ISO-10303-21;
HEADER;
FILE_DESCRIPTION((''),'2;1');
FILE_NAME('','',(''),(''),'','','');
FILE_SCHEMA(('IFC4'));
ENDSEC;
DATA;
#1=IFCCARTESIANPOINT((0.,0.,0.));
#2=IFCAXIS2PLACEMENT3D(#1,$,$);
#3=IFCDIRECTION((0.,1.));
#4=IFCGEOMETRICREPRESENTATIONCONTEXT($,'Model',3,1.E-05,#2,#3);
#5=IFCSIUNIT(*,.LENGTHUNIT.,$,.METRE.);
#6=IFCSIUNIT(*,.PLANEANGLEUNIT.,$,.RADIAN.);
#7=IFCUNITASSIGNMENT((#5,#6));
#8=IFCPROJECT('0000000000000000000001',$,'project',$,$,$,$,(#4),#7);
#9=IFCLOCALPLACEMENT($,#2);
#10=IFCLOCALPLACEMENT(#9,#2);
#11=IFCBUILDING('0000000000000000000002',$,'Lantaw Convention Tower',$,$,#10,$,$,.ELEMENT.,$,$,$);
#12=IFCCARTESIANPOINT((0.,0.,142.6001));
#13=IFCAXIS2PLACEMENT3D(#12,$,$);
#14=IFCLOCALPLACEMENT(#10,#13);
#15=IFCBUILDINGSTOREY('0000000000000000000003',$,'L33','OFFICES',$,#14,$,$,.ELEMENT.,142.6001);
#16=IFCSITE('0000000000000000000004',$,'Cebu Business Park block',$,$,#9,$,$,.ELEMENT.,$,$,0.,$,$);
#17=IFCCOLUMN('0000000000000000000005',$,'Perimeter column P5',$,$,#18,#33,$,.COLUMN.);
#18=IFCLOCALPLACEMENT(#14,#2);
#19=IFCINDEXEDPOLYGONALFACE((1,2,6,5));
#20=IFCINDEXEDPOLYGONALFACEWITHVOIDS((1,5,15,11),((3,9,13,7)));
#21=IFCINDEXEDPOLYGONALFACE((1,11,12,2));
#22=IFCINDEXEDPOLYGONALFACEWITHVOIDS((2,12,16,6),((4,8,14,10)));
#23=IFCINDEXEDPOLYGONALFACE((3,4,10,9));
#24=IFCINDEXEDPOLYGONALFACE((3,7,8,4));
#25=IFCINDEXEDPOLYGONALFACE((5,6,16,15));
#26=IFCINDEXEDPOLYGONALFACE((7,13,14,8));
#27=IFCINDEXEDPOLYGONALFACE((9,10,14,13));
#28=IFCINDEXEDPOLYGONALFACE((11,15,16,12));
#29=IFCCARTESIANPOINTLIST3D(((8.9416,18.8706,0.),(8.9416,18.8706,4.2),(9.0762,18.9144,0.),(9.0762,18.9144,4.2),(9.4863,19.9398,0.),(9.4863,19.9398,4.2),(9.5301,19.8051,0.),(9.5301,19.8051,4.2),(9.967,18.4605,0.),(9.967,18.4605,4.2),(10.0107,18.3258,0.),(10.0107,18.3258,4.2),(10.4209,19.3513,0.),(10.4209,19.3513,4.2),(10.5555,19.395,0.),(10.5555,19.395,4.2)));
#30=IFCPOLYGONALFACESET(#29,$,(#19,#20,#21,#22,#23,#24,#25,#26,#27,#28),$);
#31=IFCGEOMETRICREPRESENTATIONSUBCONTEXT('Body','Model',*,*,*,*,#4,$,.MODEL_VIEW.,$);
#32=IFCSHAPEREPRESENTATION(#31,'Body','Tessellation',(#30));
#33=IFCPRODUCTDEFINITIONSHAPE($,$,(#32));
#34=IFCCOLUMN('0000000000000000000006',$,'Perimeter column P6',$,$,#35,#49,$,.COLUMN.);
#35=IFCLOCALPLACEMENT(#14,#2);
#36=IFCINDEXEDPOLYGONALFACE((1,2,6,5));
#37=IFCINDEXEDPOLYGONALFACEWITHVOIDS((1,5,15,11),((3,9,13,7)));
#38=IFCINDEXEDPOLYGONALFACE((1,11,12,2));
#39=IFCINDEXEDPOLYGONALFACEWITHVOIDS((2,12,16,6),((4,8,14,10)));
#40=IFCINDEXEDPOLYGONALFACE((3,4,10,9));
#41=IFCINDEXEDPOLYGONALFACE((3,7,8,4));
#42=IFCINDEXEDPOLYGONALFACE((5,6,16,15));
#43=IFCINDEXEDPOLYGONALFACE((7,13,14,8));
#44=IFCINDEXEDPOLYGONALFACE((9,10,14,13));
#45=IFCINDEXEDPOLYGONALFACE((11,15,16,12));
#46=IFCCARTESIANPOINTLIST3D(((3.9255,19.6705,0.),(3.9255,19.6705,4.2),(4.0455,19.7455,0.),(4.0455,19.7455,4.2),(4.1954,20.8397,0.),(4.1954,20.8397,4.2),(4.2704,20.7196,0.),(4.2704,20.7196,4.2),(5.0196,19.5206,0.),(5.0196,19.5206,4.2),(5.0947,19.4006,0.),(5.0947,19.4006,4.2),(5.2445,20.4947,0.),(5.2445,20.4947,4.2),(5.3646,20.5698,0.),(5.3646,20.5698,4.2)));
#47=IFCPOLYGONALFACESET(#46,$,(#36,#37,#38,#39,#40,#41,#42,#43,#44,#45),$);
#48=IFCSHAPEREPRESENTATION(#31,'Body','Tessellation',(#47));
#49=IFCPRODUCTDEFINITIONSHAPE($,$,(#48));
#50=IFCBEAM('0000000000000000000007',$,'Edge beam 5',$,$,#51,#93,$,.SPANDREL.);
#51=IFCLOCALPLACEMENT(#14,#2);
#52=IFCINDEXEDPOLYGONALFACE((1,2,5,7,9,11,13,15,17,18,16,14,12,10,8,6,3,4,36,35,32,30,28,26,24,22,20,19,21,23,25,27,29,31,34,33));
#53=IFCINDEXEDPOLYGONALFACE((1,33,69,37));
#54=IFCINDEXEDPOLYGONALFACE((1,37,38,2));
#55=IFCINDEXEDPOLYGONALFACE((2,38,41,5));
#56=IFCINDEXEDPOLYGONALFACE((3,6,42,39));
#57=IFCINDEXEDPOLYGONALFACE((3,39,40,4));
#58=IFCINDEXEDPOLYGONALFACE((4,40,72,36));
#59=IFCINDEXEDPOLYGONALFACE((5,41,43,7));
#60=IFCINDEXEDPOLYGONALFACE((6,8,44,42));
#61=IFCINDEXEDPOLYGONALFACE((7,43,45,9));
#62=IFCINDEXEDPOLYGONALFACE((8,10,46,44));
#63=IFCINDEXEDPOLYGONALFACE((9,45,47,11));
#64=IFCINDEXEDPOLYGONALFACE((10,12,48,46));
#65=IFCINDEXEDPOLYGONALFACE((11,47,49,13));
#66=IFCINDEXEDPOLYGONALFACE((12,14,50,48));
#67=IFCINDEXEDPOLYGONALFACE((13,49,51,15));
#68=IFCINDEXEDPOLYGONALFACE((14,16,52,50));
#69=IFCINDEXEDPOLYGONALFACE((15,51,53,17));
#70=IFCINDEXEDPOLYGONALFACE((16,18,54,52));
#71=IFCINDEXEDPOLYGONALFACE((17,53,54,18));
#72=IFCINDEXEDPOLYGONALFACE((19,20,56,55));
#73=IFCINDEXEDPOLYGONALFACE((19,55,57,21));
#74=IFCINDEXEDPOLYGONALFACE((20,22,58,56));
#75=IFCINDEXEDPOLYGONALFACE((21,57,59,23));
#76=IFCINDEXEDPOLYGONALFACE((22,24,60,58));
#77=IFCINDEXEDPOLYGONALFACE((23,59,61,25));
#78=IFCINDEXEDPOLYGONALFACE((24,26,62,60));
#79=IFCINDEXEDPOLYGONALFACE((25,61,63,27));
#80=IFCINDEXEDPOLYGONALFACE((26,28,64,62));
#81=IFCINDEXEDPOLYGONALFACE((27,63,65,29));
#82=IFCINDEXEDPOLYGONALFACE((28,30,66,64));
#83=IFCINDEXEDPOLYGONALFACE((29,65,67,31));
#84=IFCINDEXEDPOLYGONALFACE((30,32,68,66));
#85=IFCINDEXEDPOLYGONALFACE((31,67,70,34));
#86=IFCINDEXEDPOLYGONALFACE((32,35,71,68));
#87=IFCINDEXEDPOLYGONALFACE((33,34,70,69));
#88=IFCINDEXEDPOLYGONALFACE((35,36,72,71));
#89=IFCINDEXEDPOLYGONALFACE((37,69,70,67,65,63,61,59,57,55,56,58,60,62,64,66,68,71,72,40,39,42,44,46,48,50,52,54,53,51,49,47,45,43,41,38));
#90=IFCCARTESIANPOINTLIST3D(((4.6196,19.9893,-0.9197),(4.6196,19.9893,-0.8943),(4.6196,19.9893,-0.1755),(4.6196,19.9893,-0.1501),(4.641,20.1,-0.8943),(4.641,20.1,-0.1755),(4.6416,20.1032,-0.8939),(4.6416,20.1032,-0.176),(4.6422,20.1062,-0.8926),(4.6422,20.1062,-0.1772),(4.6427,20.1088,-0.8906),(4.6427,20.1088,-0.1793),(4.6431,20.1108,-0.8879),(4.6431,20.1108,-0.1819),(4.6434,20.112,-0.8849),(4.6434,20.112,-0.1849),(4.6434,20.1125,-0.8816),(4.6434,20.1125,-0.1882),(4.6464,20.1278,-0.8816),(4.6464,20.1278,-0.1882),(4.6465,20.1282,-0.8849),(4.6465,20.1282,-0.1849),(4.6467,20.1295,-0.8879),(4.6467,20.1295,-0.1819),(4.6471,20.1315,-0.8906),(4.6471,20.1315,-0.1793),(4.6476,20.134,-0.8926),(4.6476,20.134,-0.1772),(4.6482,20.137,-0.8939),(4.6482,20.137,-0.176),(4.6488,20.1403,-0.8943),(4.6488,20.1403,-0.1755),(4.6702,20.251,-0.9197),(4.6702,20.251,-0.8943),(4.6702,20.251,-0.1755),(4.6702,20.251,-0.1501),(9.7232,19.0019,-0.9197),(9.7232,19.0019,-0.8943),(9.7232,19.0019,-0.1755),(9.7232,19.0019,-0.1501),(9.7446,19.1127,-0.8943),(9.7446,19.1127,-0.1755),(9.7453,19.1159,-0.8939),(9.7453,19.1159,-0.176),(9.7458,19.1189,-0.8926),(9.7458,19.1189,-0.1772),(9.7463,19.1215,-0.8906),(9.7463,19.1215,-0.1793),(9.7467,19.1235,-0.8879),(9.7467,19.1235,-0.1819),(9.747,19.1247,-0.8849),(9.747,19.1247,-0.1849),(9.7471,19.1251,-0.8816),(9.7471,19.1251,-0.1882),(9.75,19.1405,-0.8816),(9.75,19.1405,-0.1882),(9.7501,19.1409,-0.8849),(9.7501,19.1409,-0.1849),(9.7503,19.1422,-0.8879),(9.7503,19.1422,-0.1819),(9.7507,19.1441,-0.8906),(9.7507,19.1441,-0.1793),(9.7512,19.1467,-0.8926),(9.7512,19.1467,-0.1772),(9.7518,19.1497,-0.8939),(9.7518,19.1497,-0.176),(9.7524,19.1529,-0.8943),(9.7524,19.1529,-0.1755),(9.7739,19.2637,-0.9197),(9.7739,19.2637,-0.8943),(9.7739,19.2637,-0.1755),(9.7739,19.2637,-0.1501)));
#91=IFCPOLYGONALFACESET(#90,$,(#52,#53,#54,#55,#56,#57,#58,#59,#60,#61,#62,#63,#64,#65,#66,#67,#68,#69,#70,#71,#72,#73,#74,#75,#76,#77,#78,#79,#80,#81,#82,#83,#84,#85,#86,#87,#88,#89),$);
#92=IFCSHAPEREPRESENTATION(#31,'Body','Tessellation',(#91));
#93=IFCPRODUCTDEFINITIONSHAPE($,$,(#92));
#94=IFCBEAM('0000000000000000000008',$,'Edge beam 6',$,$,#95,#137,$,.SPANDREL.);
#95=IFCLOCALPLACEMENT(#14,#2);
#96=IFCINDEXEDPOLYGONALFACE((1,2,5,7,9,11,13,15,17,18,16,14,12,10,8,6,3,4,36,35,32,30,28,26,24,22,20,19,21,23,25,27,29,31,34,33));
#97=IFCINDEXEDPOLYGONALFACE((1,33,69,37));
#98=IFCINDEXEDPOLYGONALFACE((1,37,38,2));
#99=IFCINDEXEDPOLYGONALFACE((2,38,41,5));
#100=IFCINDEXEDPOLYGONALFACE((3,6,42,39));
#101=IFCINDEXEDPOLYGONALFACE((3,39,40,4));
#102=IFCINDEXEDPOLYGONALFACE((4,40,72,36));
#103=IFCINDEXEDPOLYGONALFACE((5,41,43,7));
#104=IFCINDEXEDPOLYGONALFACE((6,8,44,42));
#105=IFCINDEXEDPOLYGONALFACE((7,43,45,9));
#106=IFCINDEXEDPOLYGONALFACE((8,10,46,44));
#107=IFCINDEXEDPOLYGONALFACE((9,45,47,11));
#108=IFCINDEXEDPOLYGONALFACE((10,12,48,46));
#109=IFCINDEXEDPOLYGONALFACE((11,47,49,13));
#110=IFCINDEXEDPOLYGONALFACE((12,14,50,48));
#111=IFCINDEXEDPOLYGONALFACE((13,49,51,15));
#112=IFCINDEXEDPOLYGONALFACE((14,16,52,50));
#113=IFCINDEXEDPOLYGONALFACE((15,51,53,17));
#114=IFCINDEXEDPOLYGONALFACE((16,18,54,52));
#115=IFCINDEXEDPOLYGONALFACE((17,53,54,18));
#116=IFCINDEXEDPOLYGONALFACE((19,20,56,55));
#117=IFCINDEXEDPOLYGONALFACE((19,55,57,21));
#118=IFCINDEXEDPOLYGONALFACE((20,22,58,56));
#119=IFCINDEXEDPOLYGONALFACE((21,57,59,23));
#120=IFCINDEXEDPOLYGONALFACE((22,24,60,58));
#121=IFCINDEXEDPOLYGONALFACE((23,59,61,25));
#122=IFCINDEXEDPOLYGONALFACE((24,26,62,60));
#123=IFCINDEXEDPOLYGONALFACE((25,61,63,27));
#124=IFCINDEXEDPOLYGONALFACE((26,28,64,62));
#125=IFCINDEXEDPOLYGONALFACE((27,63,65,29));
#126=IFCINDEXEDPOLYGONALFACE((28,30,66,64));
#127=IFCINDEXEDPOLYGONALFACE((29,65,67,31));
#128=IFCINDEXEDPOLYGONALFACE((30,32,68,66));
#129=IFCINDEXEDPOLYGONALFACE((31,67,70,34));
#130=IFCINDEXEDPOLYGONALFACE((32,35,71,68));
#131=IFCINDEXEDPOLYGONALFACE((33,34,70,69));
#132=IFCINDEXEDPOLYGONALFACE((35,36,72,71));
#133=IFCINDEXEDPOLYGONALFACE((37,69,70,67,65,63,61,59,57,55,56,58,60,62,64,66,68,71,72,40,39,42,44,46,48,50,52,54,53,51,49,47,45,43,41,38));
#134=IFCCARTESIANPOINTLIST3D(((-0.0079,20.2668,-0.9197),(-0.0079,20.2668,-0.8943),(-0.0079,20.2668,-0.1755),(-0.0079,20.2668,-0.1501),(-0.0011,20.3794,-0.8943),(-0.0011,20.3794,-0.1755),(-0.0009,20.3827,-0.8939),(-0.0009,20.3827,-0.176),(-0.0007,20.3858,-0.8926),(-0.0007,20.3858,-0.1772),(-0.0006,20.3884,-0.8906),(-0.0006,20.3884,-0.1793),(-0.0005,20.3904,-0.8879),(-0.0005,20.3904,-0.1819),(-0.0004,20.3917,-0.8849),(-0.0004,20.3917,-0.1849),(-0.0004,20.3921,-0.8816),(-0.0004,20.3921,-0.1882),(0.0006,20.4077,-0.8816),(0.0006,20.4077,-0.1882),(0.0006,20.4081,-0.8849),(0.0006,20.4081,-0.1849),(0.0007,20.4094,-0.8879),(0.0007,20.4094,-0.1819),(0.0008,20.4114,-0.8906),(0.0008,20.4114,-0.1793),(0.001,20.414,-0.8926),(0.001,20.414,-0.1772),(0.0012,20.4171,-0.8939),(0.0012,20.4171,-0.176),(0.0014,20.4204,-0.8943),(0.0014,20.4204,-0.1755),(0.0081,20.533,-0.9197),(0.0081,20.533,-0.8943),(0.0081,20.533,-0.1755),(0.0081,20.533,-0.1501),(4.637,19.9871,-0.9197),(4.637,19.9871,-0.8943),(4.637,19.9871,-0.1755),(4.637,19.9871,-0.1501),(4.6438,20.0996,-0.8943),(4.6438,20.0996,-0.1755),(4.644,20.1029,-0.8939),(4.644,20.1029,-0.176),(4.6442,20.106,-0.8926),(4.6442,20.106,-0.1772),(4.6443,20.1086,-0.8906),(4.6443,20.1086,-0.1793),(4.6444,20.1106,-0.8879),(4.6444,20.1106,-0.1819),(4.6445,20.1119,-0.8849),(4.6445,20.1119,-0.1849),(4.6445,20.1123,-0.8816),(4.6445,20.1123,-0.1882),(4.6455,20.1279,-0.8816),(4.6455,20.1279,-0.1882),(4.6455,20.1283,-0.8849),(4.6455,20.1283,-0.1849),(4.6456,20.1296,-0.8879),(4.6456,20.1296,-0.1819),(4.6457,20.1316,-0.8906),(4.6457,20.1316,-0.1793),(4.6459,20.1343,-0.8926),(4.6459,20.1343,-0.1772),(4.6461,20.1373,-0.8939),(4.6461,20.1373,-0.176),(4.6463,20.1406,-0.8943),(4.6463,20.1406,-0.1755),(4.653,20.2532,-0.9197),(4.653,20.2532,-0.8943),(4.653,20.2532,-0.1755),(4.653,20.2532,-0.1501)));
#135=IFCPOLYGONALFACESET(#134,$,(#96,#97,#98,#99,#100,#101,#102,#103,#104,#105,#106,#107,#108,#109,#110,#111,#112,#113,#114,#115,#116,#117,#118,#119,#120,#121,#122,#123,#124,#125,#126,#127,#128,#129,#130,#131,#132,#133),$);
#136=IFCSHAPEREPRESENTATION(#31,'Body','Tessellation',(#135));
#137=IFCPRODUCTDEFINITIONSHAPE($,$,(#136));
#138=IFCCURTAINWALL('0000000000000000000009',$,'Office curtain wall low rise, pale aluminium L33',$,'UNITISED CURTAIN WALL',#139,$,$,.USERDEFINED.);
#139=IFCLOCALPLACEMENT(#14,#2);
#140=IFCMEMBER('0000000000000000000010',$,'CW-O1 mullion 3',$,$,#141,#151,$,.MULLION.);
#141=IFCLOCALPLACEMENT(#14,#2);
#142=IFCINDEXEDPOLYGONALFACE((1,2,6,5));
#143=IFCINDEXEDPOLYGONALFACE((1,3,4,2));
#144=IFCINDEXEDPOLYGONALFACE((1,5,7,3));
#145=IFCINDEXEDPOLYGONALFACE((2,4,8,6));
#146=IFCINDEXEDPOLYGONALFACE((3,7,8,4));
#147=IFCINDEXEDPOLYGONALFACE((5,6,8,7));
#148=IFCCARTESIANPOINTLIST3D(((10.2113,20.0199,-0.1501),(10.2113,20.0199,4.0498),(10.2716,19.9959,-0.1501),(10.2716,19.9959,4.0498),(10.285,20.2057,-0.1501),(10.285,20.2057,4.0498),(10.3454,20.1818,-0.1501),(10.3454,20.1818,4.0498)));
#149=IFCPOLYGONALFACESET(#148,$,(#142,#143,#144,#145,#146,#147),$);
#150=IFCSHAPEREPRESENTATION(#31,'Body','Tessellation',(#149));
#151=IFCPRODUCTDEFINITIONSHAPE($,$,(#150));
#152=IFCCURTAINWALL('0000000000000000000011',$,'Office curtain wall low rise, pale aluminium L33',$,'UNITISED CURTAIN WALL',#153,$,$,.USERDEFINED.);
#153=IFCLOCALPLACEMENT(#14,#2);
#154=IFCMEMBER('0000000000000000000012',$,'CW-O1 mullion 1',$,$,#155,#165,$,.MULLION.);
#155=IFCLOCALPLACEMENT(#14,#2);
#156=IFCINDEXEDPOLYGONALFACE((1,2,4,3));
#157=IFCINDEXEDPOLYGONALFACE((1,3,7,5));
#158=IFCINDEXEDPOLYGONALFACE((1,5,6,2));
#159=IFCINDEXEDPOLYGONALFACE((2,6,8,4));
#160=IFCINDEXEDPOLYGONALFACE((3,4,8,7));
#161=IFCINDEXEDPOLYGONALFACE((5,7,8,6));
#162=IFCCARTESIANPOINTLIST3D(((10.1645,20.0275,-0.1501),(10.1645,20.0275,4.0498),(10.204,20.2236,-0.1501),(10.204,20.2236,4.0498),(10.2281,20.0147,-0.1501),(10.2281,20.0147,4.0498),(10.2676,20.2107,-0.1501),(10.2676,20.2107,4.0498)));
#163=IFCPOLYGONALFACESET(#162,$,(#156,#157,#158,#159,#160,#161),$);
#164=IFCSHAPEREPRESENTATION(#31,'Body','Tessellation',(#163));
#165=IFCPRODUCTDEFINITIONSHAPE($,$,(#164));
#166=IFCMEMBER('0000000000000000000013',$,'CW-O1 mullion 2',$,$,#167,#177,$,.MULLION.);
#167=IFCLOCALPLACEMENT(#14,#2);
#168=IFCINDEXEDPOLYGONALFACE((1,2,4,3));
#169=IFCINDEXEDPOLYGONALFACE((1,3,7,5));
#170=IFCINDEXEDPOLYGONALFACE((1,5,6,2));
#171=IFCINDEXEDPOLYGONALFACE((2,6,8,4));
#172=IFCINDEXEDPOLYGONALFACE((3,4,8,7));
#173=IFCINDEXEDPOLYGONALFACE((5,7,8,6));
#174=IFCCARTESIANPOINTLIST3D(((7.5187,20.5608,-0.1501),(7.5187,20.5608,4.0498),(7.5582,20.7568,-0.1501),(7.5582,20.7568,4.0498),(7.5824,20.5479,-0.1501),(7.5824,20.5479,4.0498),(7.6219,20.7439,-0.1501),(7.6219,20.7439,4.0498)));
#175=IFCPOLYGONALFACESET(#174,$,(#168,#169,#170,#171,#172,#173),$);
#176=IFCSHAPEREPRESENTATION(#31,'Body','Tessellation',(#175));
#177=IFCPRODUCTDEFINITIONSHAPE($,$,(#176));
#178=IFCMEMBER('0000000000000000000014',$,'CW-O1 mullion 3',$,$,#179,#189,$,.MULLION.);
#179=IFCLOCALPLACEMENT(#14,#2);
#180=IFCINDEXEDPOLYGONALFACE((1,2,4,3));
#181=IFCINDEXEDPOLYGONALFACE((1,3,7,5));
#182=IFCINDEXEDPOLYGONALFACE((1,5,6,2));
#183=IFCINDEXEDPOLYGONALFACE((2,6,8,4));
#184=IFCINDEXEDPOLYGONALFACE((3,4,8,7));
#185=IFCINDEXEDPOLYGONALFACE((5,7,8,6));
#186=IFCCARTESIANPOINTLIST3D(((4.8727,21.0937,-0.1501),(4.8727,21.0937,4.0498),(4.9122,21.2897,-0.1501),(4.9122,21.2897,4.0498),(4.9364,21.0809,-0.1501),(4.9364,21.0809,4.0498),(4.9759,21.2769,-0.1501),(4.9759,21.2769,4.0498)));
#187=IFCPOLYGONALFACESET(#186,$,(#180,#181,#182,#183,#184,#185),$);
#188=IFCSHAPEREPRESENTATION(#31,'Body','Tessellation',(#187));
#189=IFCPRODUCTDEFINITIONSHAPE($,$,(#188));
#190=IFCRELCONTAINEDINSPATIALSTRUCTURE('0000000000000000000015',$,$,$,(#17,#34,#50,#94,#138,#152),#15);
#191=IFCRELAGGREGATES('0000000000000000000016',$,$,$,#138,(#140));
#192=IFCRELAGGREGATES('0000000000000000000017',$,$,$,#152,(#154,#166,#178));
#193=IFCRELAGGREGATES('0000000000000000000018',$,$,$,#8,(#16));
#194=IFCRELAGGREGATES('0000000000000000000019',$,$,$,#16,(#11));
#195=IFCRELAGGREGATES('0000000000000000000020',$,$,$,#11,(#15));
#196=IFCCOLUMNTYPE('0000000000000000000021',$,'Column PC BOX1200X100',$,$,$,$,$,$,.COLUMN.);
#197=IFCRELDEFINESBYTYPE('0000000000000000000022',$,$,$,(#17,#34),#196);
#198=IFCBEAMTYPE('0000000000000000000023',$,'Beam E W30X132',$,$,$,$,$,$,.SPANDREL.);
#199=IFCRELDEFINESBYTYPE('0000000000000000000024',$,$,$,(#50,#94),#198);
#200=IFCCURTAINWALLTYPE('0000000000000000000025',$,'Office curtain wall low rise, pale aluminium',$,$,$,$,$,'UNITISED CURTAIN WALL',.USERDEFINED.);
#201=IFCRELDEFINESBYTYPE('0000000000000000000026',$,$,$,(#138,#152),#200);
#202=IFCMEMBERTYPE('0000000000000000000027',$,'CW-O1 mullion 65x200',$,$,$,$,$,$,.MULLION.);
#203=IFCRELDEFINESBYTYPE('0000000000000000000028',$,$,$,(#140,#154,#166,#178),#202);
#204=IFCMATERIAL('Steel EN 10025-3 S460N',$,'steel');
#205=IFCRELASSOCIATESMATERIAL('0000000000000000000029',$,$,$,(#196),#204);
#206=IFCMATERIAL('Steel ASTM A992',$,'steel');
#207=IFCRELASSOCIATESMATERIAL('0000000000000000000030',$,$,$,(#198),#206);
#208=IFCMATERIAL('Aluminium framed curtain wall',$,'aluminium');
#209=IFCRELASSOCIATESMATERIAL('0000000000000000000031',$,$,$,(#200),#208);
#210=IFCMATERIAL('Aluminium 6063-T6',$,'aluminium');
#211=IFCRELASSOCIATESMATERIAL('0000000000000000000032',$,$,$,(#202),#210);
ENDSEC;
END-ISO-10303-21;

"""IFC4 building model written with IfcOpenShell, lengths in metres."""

from ifc_helpers import new_model, si_unit, direction, frame, origin, origin_2d, place, context, subcontext, project, spatial, rectangle, hollow_rectangle, i_section, extrude, material, material_profile, profile_set, type_object, element, aggregate, save


model = new_model("IFC4")

# Units and contexts
model_context = context("Model", 3, precision=1e-05, world=origin(), true_north=direction((0.0, 1.0)))
body_context = subcontext(model_context, "Body", "Model", "MODEL_VIEW")
ifc_project = project(units=[si_unit("LENGTHUNIT", "METRE"), si_unit("PLANEANGLEUNIT", "RADIAN")], contexts=[model_context])

# Site, building, storey
site_placement = place(None, origin())
site = spatial("IfcSite", under=ifc_project, at=site_placement, Name="Cebu Business Park block", CompositionType="ELEMENT", RefElevation=0.0)
building_placement = place(site_placement, origin())
building = spatial("IfcBuilding", under=site, at=building_placement, Name="Lantaw Convention Tower", CompositionType="ELEMENT")
storey_placement = place(building_placement, frame((0.0, 0.0, 142.6001)))
storey = spatial("IfcBuildingStorey", under=building, at=storey_placement, Name="L33", Description="OFFICES", CompositionType="ELEMENT", Elevation=142.6001)

# Columns
ifc_material_1 = material(Name="Steel EN 10025-3 S460N", Category="steel")
ifc_material_profile_1 = material_profile(ifc_material_1, hollow_rectangle(XDim=1.2, YDim=1.2, WallThickness=0.1001, at=origin_2d()), Name="BOX1200X100")
ifc_material_2 = material(Name="Concrete C60/75", Category="concrete")
ifc_material_profile_2 = material_profile(ifc_material_2, rectangle(XDim=1.0, YDim=1.0, at=origin_2d()), Name="Concrete fill of BOX1200X100")
ifc_profile_set_1 = profile_set([ifc_material_profile_1, ifc_material_profile_2], Name="Steel EN 10025-3 S460N")
column_type = type_object("IfcColumnType", Name="Column PC BOX1200X100", PredefinedType="COLUMN", material=ifc_profile_set_1)
for number, where, z_axis, x_axis, name in (
    (1, (9.7485, 19.1328, 0.0), (0.0, 0.0, 1.0), (0.45399, 0.891007, 0.0), "Perimeter column P5"),
    (2, (4.645, 20.1201, 0.0), (0.0, 0.0, 1.0), (0.224951, 0.97437, 0.0), "Perimeter column P6"),
):
    element("IfcColumn", number, at=place(storey_placement, frame(where, z_axis=z_axis, x_axis=x_axis)), inside=storey, type_object=column_type, Name=name, PredefinedType="COLUMN", context=body_context, shape_type="SweptSolid", body=[
        extrude(hollow_rectangle(XDim=1.2, YDim=1.2, WallThickness=0.1001, at=origin_2d()), origin(), (0.0, 0.0, 1.0), 4.2),
    ])

# Beams
ifc_material_3 = material(Name="Steel ASTM A992", Category="steel")
ifc_material_profile_3 = material_profile(ifc_material_3, i_section(OverallWidth=0.2666, OverallDepth=0.7695, WebThickness=0.0156, FlangeThickness=0.0254, FilletRadius=0.0127, at=origin_2d()), Name="W30X132")
ifc_profile_set_2 = profile_set([ifc_material_profile_3], Name="Steel ASTM A992")
beam_type = type_object("IfcBeamType", Name="Beam E W30X132", PredefinedType="SPANDREL", material=ifc_profile_set_2)
beam_1_placement = place(storey_placement, frame((9.7485, 19.1328, -0.5349), z_axis=(-0.981797, 0.189934, 0.0), x_axis=(-0.189934, -0.981797, 0.0)))
element("IfcBeam", 3, at=beam_1_placement, inside=storey, type_object=beam_type, Name="Edge beam 5", PredefinedType="SPANDREL", context=body_context, shape_type="SweptSolid", body=[
    extrude(i_section(OverallWidth=0.2666, OverallDepth=0.7695, WebThickness=0.0156, FlangeThickness=0.0254, FilletRadius=0.0127, at=origin_2d()), origin(), (0.0, 0.0, 1.0), 5.1982),
])
beam_2_placement = place(storey_placement, frame((4.645, 20.1201, -0.5349), z_axis=(-0.998191, 0.060124, 0.0), x_axis=(-0.060124, -0.998191, 0.0)))
element("IfcBeam", 4, at=beam_2_placement, inside=storey, type_object=beam_type, Name="Edge beam 6", PredefinedType="SPANDREL", context=body_context, shape_type="SweptSolid", body=[
    extrude(i_section(OverallWidth=0.2666, OverallDepth=0.7695, WebThickness=0.0156, FlangeThickness=0.0254, FilletRadius=0.0127, at=origin_2d()), origin(), (0.0, 0.0, 1.0), 4.6533),
])

# Curtain wall, member
ifc_material_4 = material(Name="Aluminium framed curtain wall", Category="aluminium")
curtain_wall_type = type_object("IfcCurtainWallType", Name="Office curtain wall low rise, pale aluminium", ElementType="UNITISED CURTAIN WALL", PredefinedType="USERDEFINED", material=ifc_material_4)
curtain_wall_1_placement = place(storey_placement, origin())
curtain_wall_1 = element("IfcCurtainWall", 5, at=curtain_wall_1_placement, inside=storey, type_object=curtain_wall_type, Name="Office curtain wall low rise, pale aluminium L33", ObjectType="UNITISED CURTAIN WALL", PredefinedType="USERDEFINED")
ifc_material_5 = material(Name="Aluminium 6063-T6", Category="aluminium")
ifc_material_profile_4 = material_profile(ifc_material_5, rectangle(XDim=0.2, YDim=0.0649, at=origin_2d()), Name="CW-O1 mullion 65x200")
ifc_profile_set_3 = profile_set([ifc_material_profile_4], Name="Aluminium 6063-T6")
member_type_1 = type_object("IfcMemberType", Name="CW-O1 mullion 65x200", PredefinedType="MULLION", material=ifc_profile_set_3)
member_1_placement = place(storey_placement, frame((10.2783, 20.1008, -0.1501), z_axis=(0.0, 0.0, 1.0), x_axis=(-0.368702, -0.929548, 0.0)))
member_1 = element("IfcMember", 6, at=member_1_placement, type_object=member_type_1, Name="CW-O1 mullion 3", PredefinedType="MULLION", context=body_context, shape_type="SweptSolid", body=[
    extrude(rectangle(XDim=0.2, YDim=0.0649, at=origin_2d()), origin(), (0.0, 0.0, 1.0), 4.2),
])

# Curtain wall, members
curtain_wall_2_placement = place(storey_placement, origin())
curtain_wall_2 = element("IfcCurtainWall", 7, at=curtain_wall_2_placement, inside=storey, type_object=curtain_wall_type, Name="Office curtain wall low rise, pale aluminium L33", ObjectType="UNITISED CURTAIN WALL", PredefinedType="USERDEFINED")
member_2_placement = place(storey_placement, frame((10.2161, 20.1191, -0.1501), z_axis=(0.0, 0.0, 1.0), x_axis=(-0.197507, -0.980302, 0.0)))
member_2 = element("IfcMember", 8, at=member_2_placement, type_object=member_type_1, Name="CW-O1 mullion 1", PredefinedType="MULLION", context=body_context, shape_type="SweptSolid", body=[
    extrude(rectangle(XDim=0.2, YDim=0.0649, at=origin_2d()), origin(), (0.0, 0.0, 1.0), 4.2),
])
member_3_placement = place(storey_placement, frame((7.5703, 20.6523, -0.1501), z_axis=(0.0, 0.0, 1.0), x_axis=(-0.197507, -0.980302, 0.0)))
member_3 = element("IfcMember", 9, at=member_3_placement, type_object=member_type_1, Name="CW-O1 mullion 2", PredefinedType="MULLION", context=body_context, shape_type="SweptSolid", body=[
    extrude(rectangle(XDim=0.2, YDim=0.0649, at=origin_2d()), origin(), (0.0, 0.0, 1.0), 4.2),
])
member_4_placement = place(storey_placement, frame((4.9243, 21.1853, -0.1501), z_axis=(0.0, 0.0, 1.0), x_axis=(-0.197507, -0.980302, 0.0)))
member_4 = element("IfcMember", 10, at=member_4_placement, type_object=member_type_1, Name="CW-O1 mullion 3", PredefinedType="MULLION", context=body_context, shape_type="SweptSolid", body=[
    extrude(rectangle(XDim=0.2, YDim=0.0649, at=origin_2d()), origin(), (0.0, 0.0, 1.0), 4.2),
])

aggregate(curtain_wall_1, [member_1])
aggregate(curtain_wall_2, [member_2, member_3, member_4])

save(model, "model.ifc")
